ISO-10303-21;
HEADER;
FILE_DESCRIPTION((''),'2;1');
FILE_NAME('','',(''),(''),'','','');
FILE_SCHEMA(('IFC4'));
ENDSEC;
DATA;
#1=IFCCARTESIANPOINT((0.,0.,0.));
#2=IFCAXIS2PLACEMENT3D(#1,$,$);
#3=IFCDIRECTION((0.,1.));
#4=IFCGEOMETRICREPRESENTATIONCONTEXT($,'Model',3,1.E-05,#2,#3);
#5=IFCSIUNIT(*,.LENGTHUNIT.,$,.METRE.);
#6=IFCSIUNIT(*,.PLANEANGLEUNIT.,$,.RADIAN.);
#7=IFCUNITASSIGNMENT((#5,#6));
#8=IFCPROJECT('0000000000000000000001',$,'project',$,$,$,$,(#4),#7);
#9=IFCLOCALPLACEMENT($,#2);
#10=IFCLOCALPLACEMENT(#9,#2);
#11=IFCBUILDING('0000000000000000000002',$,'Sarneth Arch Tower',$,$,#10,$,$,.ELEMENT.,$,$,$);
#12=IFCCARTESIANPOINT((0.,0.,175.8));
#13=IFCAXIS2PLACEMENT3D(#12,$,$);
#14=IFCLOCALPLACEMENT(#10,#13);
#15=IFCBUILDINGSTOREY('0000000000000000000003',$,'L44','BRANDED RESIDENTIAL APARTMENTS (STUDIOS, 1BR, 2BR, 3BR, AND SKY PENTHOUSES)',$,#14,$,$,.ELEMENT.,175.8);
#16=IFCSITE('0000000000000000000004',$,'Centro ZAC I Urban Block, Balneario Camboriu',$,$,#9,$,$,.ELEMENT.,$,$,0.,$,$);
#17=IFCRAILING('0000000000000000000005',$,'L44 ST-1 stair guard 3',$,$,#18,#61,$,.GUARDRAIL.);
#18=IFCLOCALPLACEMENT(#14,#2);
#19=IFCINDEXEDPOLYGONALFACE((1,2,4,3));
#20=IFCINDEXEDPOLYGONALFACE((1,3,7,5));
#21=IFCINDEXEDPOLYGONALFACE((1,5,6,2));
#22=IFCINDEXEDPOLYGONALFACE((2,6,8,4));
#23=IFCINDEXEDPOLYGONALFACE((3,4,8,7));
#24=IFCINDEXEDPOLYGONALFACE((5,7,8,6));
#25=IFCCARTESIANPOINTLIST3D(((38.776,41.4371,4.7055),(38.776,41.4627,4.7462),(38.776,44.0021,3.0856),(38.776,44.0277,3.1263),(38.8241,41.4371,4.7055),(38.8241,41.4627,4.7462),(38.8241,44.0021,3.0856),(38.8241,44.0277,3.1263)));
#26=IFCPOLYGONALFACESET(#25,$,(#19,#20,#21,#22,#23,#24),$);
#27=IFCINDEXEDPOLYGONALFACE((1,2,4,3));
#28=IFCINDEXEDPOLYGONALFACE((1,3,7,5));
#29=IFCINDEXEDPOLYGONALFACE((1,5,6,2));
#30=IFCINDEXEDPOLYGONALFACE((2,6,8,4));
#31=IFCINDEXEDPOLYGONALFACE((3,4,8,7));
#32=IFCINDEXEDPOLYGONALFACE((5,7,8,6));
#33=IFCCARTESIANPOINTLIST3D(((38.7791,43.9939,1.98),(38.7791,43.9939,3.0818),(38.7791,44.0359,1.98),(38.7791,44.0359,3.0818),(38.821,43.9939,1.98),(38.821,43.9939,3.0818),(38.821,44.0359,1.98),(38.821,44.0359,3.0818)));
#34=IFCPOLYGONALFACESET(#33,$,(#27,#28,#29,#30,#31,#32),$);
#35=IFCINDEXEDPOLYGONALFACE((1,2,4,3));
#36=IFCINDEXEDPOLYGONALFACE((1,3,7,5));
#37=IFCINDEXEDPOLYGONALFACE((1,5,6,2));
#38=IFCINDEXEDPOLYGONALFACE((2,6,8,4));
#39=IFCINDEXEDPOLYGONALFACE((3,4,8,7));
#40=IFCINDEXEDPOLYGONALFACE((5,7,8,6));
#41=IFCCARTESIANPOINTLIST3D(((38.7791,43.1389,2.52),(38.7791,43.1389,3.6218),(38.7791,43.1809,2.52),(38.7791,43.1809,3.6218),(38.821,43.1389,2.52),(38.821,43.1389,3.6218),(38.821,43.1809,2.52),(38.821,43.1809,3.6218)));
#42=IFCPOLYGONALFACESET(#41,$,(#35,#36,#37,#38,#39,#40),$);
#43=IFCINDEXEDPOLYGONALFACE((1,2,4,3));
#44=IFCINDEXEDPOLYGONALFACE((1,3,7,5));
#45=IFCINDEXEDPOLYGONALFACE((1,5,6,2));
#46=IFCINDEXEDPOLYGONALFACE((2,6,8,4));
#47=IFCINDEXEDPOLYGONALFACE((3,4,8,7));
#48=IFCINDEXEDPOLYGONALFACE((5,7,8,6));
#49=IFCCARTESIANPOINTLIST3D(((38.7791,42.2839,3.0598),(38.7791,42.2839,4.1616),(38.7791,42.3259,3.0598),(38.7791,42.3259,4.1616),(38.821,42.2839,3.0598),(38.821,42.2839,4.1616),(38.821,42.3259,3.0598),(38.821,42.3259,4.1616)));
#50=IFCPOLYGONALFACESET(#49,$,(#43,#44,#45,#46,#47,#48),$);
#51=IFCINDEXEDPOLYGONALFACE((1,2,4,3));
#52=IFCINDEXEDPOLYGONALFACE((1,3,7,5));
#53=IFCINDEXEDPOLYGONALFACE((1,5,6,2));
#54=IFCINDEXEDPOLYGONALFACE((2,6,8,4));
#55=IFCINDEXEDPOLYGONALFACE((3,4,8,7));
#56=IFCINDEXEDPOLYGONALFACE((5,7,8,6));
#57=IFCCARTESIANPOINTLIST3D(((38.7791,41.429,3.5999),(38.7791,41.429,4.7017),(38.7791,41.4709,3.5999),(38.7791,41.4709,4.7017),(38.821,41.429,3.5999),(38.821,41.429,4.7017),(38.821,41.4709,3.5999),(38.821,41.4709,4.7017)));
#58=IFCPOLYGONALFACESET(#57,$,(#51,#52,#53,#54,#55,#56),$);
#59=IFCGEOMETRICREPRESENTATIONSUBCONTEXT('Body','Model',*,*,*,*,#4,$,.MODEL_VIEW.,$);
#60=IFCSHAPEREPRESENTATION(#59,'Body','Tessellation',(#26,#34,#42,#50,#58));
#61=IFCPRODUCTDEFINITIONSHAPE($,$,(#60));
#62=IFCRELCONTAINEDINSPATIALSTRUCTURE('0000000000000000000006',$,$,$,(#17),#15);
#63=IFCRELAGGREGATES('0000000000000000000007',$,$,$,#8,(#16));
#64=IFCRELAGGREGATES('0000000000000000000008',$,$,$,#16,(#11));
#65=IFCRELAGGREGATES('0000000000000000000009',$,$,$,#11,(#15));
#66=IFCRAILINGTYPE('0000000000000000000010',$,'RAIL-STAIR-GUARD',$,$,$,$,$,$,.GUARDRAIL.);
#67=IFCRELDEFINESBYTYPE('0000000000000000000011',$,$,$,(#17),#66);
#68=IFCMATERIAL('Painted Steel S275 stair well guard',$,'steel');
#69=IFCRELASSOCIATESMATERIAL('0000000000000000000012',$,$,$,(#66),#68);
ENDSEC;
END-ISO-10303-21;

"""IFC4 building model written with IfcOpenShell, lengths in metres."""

from ifc_helpers import new_model, si_unit, direction, frame, origin, origin_2d, place, context, subcontext, project, spatial, rectangle, extrude, material, type_object, element, save


model = new_model("IFC4")

# Units and contexts
model_context = context("Model", 3, precision=1e-05, world=origin(), true_north=direction((0.0, 1.0)))
body_context = subcontext(model_context, "Body", "Model", "MODEL_VIEW")
ifc_project = project(units=[si_unit("LENGTHUNIT", "METRE"), si_unit("PLANEANGLEUNIT", "RADIAN")], contexts=[model_context])

# Site, building, storey
site_placement = place(None, origin())
site = spatial("IfcSite", under=ifc_project, at=site_placement, Name="Centro ZAC I Urban Block, Balneario Camboriu", CompositionType="ELEMENT", RefElevation=0.0)
building_placement = place(site_placement, origin())
building = spatial("IfcBuilding", under=site, at=building_placement, Name="Sarneth Arch Tower", CompositionType="ELEMENT")
storey_placement = place(building_placement, frame((0.0, 0.0, 175.8)))
storey = spatial("IfcBuildingStorey", under=building, at=storey_placement, Name="L44", Description="BRANDED RESIDENTIAL APARTMENTS (STUDIOS, 1BR, 2BR, 3BR, AND SKY PENTHOUSES)", CompositionType="ELEMENT", Elevation=175.8)

# Railing
ifc_material_1 = material(Name="Painted Steel S275 stair well guard", Category="steel")
railing_type_1 = type_object("IfcRailingType", Name="RAIL-STAIR-GUARD", PredefinedType="GUARDRAIL", material=ifc_material_1)
railing_1_placement = place(storey_placement, frame((38.8, 44.0149, 1.98)))
element("IfcRailing", 1, at=railing_1_placement, inside=storey, type_object=railing_type_1, Name="L44 ST-1 stair guard 3", PredefinedType="GUARDRAIL", context=body_context, shape_type="SweptSolid", body=[
    extrude(rectangle(XDim=0.0481, YDim=0.0481, at=origin_2d()), frame((0.0, 0.0, 1.126), z_axis=(0.0, -0.845502, 0.533972), x_axis=(1.0, 0.0, 0.0)), (0.0, 0.0, 1.0), 3.0337),
    extrude(rectangle(XDim=0.042, YDim=0.042, at=origin_2d()), origin(), (0.0, 0.0, 1.0), 1.1018),
    extrude(rectangle(XDim=0.042, YDim=0.042, at=origin_2d()), frame((0.0, -0.855, 0.54)), (0.0, 0.0, 1.0), 1.1018),
    extrude(rectangle(XDim=0.042, YDim=0.042, at=origin_2d()), frame((0.0, -1.71, 1.0798)), (0.0, 0.0, 1.0), 1.1018),
    extrude(rectangle(XDim=0.042, YDim=0.042, at=origin_2d()), frame((0.0, -2.5649, 1.6199)), (0.0, 0.0, 1.0), 1.1018),
])

save(model, "model.ifc")
